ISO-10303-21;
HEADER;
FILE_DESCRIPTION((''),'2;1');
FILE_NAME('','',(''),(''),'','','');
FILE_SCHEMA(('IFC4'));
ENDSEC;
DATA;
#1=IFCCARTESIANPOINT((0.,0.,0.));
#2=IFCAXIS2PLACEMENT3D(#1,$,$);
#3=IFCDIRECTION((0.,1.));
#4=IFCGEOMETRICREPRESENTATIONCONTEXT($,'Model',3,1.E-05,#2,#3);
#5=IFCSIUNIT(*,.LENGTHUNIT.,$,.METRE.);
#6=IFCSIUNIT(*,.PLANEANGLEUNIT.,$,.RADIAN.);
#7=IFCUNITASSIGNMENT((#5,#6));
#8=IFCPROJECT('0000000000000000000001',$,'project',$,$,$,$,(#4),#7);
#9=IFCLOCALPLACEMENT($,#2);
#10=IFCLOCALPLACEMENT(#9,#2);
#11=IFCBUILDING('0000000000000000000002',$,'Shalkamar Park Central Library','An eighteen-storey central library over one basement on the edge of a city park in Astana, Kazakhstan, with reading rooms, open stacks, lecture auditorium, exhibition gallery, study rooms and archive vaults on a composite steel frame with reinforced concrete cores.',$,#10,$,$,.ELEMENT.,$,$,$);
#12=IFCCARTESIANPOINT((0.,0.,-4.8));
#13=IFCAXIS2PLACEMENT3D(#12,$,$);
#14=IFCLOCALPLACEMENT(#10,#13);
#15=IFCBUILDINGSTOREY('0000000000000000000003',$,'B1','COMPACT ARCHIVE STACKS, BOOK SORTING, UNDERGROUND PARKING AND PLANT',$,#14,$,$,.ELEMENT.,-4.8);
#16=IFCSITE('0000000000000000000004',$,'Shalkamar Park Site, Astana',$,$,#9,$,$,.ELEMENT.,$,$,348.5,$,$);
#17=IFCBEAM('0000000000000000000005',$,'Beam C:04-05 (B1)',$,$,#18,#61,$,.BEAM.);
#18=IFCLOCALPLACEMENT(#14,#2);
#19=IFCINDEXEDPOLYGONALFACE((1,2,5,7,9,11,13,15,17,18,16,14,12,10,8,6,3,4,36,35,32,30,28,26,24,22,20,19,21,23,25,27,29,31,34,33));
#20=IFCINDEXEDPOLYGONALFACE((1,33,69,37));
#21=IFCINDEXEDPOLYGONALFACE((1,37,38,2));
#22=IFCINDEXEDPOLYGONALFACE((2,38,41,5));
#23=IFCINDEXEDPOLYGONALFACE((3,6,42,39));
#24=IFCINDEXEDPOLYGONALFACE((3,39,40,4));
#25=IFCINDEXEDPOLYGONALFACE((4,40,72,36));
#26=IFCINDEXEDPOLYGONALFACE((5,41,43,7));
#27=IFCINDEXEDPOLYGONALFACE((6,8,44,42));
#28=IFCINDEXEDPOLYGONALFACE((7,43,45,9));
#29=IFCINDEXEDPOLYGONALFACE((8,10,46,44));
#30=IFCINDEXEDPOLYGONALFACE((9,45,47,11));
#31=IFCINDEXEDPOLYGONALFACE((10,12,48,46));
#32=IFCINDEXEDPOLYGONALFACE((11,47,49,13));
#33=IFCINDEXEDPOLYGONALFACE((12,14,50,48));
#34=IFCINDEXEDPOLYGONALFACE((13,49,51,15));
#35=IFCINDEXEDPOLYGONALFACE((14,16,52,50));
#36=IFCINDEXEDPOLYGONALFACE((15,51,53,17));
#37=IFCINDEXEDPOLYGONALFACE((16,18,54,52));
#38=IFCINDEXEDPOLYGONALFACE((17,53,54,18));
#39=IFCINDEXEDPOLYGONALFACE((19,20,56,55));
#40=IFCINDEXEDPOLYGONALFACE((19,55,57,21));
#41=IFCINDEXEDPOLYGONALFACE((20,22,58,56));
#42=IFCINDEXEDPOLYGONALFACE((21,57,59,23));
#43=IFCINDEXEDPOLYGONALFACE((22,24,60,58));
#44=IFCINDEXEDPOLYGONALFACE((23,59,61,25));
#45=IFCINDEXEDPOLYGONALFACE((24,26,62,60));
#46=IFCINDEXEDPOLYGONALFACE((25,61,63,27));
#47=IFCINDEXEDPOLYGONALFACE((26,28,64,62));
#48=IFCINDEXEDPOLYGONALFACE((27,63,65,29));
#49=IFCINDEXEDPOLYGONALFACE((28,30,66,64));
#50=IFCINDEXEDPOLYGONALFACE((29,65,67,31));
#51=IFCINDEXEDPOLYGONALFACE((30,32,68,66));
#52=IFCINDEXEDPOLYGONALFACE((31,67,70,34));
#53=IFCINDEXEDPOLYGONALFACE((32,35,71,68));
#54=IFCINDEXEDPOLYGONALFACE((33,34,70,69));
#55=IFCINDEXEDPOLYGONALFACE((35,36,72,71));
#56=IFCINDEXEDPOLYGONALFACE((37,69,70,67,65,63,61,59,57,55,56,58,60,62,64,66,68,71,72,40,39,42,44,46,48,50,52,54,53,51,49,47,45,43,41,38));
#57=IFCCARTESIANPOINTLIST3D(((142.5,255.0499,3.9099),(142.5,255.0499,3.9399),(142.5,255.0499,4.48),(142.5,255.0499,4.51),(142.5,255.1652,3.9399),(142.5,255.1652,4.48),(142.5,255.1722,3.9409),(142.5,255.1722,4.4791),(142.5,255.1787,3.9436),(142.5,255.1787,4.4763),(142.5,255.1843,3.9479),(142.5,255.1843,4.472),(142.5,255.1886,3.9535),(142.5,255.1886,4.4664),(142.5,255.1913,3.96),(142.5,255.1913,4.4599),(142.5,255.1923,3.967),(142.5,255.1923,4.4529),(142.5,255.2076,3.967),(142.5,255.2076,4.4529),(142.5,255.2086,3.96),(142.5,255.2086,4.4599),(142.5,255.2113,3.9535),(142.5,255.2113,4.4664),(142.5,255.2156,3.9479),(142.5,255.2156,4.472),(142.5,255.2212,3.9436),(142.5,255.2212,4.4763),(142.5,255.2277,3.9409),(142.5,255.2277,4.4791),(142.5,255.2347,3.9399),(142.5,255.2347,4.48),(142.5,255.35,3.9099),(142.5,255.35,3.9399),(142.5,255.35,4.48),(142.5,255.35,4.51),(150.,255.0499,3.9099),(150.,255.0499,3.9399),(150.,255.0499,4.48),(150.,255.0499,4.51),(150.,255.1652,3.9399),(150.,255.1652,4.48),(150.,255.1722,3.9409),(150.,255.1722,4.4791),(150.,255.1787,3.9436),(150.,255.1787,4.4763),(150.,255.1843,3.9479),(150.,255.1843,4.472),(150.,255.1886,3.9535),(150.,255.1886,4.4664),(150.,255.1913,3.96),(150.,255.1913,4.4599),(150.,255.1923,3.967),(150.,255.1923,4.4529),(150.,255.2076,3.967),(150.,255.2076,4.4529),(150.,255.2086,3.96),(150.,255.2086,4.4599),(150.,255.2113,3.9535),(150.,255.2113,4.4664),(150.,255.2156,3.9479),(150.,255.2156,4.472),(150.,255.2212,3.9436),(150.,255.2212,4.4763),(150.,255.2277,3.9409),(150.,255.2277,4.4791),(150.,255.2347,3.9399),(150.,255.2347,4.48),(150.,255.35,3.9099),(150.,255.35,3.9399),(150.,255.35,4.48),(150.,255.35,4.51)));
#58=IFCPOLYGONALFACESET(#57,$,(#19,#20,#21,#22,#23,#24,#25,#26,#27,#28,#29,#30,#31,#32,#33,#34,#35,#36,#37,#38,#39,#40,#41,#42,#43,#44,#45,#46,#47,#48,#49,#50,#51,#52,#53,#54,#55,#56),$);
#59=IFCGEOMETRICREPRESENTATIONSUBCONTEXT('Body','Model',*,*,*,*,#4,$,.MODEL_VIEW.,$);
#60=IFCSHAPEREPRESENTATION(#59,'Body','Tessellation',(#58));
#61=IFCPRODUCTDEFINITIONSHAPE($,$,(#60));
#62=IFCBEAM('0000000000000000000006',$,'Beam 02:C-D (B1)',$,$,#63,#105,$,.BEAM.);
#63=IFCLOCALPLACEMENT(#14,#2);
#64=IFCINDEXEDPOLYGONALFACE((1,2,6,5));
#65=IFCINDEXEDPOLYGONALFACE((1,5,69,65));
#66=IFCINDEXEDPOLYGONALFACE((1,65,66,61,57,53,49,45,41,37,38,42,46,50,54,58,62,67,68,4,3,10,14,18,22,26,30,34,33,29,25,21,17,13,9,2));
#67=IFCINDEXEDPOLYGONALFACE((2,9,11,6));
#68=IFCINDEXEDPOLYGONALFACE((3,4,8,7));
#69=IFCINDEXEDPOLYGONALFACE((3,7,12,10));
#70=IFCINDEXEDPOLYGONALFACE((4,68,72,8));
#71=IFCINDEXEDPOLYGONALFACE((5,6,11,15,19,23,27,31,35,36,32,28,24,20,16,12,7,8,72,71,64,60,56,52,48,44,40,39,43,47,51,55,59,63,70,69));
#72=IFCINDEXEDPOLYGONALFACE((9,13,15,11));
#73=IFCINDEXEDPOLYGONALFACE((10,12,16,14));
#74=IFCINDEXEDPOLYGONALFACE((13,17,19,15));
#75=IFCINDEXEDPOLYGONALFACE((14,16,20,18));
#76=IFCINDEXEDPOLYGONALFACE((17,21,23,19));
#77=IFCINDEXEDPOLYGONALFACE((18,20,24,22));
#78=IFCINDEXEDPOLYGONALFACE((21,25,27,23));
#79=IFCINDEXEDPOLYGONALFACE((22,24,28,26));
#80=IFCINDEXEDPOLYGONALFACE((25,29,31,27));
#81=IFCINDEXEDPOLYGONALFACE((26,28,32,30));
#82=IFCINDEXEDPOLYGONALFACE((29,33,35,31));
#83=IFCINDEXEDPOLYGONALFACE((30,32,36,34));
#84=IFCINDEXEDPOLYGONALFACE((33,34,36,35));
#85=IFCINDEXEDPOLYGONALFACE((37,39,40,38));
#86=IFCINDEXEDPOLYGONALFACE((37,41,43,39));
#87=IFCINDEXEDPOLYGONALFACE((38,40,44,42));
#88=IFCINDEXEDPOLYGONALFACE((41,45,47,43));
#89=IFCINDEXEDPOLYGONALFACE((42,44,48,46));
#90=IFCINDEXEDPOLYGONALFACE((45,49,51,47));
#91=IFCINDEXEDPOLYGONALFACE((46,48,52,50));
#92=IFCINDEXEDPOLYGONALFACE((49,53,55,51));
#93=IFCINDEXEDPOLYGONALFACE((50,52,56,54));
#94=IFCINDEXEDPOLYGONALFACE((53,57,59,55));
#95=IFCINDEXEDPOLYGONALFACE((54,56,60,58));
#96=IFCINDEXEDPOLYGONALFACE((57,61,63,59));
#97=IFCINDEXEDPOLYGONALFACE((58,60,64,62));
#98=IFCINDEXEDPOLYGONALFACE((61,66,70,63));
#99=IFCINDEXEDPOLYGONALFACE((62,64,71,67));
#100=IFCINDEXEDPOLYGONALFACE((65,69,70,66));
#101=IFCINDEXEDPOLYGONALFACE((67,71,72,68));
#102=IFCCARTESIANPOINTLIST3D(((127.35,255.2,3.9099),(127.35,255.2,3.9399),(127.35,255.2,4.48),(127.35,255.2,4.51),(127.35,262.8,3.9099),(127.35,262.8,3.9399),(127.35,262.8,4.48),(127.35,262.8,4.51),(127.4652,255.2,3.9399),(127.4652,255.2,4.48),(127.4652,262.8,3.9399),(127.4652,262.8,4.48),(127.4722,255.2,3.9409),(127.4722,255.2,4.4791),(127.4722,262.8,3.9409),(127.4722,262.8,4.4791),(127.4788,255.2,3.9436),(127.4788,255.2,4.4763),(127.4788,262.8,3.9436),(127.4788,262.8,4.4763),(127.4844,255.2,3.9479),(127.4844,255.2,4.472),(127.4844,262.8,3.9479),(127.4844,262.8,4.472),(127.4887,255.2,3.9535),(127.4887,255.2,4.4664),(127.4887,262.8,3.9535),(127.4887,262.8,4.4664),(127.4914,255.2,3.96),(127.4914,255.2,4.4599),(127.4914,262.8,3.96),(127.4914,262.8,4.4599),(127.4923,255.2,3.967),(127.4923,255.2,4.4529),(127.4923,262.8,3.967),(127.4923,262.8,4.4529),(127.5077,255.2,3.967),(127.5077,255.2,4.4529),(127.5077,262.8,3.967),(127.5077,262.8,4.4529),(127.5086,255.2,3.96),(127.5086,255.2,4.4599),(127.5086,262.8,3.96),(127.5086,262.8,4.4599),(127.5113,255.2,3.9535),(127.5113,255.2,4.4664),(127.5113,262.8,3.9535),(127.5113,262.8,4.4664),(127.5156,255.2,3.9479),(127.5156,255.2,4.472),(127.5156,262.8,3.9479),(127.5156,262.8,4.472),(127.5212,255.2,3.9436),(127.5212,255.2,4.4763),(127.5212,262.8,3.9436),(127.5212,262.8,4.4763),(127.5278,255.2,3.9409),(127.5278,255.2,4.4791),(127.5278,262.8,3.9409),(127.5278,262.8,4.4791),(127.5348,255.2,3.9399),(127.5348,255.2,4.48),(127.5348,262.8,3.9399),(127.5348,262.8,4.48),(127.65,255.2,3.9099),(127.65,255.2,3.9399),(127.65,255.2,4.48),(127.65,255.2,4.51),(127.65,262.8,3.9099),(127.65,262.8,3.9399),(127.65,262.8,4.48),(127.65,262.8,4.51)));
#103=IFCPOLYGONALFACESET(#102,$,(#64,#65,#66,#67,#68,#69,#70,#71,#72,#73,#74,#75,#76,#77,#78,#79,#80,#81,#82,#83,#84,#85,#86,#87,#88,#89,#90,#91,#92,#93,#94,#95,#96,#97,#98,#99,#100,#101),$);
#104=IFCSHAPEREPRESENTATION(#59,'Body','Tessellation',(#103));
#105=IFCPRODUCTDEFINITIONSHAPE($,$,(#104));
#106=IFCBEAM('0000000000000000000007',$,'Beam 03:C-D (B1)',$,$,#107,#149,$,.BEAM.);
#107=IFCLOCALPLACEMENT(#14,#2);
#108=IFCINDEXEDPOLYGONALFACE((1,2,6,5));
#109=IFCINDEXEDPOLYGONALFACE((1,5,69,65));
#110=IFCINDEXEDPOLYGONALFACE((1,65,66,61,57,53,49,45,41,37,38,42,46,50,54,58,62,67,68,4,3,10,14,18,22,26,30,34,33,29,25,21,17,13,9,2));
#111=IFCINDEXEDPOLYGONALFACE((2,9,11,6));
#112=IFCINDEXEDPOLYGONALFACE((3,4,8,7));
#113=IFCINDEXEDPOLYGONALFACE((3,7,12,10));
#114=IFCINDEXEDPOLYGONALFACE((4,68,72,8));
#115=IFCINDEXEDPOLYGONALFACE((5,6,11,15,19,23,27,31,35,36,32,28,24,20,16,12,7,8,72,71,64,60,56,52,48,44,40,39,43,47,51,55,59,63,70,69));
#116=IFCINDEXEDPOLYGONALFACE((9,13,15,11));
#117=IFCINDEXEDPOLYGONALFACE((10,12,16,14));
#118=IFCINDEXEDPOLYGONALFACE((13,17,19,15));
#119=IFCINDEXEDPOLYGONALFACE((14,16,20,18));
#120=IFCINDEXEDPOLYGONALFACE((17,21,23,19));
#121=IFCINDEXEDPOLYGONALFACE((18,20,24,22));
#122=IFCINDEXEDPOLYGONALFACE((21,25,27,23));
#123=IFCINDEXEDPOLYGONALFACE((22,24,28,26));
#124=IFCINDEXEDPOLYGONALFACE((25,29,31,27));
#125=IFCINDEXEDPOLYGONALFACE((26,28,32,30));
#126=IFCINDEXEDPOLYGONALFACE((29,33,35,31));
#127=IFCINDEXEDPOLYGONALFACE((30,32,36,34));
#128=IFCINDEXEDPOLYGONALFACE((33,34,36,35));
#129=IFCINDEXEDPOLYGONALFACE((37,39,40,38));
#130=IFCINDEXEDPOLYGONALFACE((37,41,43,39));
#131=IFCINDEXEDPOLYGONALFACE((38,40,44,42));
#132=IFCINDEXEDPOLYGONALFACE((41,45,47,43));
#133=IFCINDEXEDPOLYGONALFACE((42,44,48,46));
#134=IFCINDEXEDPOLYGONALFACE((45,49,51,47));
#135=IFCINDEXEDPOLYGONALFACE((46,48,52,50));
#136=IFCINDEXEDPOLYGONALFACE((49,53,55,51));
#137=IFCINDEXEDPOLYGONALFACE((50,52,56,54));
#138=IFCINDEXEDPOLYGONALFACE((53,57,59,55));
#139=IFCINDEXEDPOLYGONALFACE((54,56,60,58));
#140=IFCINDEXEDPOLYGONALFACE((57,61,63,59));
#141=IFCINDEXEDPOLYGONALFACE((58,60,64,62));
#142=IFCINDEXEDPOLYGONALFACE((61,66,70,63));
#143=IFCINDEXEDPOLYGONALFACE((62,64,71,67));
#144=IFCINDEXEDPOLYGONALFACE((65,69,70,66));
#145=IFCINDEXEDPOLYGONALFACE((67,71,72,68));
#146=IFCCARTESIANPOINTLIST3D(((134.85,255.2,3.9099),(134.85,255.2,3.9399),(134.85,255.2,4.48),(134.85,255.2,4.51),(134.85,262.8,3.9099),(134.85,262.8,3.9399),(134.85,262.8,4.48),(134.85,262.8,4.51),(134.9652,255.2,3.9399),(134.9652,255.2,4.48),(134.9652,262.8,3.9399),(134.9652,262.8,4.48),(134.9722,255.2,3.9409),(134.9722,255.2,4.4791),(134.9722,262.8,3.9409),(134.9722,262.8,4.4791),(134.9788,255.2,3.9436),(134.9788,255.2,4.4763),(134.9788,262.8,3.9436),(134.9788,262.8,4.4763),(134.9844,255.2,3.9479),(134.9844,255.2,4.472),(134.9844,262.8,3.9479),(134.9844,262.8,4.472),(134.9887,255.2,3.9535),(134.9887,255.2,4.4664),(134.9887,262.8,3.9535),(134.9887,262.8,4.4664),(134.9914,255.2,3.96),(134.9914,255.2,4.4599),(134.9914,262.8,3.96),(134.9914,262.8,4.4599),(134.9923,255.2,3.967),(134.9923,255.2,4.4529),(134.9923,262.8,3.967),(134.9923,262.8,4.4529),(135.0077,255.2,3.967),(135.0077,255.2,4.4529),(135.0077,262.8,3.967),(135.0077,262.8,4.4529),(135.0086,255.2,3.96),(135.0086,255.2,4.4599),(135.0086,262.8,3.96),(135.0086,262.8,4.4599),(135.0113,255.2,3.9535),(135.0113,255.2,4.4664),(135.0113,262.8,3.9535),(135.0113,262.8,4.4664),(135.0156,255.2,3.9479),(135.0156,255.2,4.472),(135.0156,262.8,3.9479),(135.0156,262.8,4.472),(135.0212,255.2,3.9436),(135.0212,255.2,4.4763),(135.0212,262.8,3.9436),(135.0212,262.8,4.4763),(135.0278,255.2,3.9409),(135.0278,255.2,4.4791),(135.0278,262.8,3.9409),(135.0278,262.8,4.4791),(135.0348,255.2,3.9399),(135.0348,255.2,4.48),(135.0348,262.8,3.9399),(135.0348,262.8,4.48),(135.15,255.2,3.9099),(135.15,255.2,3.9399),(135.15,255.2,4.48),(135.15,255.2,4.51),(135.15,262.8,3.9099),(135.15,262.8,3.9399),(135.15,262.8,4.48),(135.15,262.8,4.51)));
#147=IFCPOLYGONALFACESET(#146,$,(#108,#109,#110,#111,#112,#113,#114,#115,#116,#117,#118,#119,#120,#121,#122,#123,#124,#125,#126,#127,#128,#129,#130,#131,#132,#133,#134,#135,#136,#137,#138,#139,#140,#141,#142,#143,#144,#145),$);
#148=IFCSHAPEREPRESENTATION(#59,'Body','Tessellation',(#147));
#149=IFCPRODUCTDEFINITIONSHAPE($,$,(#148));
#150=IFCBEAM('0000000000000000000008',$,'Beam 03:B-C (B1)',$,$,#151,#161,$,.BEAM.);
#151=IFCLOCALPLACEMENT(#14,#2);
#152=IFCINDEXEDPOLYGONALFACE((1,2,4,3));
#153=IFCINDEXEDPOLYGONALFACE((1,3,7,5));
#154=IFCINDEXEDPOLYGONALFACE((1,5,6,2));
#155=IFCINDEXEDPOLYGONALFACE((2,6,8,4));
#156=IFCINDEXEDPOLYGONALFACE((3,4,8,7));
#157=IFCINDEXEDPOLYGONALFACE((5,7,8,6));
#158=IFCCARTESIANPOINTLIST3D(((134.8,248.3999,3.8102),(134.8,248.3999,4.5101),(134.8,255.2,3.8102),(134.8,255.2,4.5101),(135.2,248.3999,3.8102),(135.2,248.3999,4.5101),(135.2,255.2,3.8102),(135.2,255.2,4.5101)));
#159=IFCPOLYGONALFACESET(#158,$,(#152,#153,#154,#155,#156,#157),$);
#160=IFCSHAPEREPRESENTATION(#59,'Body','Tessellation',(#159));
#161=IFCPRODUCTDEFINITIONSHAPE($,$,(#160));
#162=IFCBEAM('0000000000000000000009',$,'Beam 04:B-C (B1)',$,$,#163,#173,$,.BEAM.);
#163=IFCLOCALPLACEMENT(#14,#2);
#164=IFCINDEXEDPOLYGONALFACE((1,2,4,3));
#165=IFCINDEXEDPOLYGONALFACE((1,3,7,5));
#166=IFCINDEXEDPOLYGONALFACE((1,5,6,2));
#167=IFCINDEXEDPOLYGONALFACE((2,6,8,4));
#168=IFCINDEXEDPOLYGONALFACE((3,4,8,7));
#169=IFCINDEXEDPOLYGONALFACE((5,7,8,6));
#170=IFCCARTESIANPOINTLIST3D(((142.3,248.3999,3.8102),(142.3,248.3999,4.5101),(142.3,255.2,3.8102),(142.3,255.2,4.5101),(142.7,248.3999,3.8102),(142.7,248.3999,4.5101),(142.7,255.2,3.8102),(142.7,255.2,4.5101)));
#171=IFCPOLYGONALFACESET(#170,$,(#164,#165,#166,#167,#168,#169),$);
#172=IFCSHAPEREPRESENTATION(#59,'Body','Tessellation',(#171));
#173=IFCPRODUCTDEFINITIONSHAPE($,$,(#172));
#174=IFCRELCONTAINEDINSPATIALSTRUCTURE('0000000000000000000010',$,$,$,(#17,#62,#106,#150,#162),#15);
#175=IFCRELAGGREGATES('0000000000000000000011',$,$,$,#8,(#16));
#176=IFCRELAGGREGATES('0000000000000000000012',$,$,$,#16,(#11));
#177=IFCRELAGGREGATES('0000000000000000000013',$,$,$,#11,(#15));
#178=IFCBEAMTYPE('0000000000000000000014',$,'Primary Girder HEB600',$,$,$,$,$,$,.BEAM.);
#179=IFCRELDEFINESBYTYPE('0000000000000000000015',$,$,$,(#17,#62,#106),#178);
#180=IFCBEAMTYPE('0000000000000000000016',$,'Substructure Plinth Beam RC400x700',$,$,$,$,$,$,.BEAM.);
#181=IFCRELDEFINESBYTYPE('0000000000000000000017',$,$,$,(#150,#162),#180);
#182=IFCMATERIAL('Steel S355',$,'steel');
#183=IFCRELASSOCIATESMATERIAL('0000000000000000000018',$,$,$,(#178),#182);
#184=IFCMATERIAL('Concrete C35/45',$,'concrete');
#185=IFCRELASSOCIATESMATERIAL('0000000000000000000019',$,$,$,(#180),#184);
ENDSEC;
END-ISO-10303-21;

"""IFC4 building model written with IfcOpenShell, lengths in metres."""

from ifc_helpers import new_model, si_unit, direction, frame, origin, origin_2d, place, context, subcontext, project, spatial, rectangle, i_section, extrude, material, material_profile, profile_set, type_object, element, save


model = new_model("IFC4")

# Units and contexts
model_context = context("Model", 3, precision=1e-05, world=origin(), true_north=direction((0.0, 1.0)))
body_context = subcontext(model_context, "Body", "Model", "MODEL_VIEW")
ifc_project = project(units=[si_unit("LENGTHUNIT", "METRE"), si_unit("PLANEANGLEUNIT", "RADIAN")], contexts=[model_context])

# Site, building, storey
site_placement = place(None, origin())
site = spatial("IfcSite", under=ifc_project, at=site_placement, Name="Shalkamar Park Site, Astana", CompositionType="ELEMENT", RefElevation=348.5)
building_placement = place(site_placement, origin())
building = spatial("IfcBuilding", under=site, at=building_placement, Name="Shalkamar Park Central Library", Description="An eighteen-storey central library over one basement on the edge of a city park in Astana, Kazakhstan, with reading rooms, open stacks, lecture auditorium, exhibition gallery, study rooms and archive vaults on a composite steel frame with reinforced concrete cores.", CompositionType="ELEMENT")
storey_placement = place(building_placement, frame((0.0, 0.0, -4.8)))
storey = spatial("IfcBuildingStorey", under=building, at=storey_placement, Name="B1", Description="COMPACT ARCHIVE STACKS, BOOK SORTING, UNDERGROUND PARKING AND PLANT", CompositionType="ELEMENT", Elevation=-4.8)

# Shared definitions
ifc_material_1 = material(Name="Concrete C35/45", Category="concrete")

# Shared definitions
ifc_material_2 = material(Name="Steel S355", Category="steel")

# Beams
ifc_material_profile_1 = material_profile(ifc_material_2, i_section(OverallWidth=0.3, OverallDepth=0.6001, WebThickness=0.0154, FlangeThickness=0.03, FilletRadius=0.0271, at=origin_2d()), Name="HEB 600")
ifc_profile_set_1 = profile_set([ifc_material_profile_1], Name="Steel S355")
beam_type_1 = type_object("IfcBeamType", Name="Primary Girder HEB600", PredefinedType="BEAM", material=ifc_profile_set_1)
for number, where, z_axis, x_axis, name in (
    (1, (142.5, 255.2, 4.21), (1.0, 0.0, 0.0), (0.0, 1.0, 0.0), "Beam C:04-05 (B1)"),
):
    element("IfcBeam", number, at=place(storey_placement, frame(where, z_axis=z_axis, x_axis=x_axis)), inside=storey, type_object=beam_type_1, Name=name, PredefinedType="BEAM", context=body_context, shape_type="SweptSolid", body=[
        extrude(i_section(OverallWidth=0.3, OverallDepth=0.6001, WebThickness=0.0154, FlangeThickness=0.03, FilletRadius=0.0271, at=origin_2d()), origin(), (0.0, 0.0, 1.0), 7.5),
    ])
for number, where, z_axis, x_axis, name in (
    (2, (127.5, 255.2, 4.21), (0.0, 1.0, 0.0), (-1.0, 0.0, 0.0), "Beam 02:C-D (B1)"),
    (3, (135.0, 255.2, 4.21), (0.0, 1.0, 0.0), (-1.0, 0.0, 0.0), "Beam 03:C-D (B1)"),
):
    element("IfcBeam", number, at=place(storey_placement, frame(where, z_axis=z_axis, x_axis=x_axis)), inside=storey, type_object=beam_type_1, Name=name, PredefinedType="BEAM", context=body_context, shape_type="SweptSolid", body=[
        extrude(i_section(OverallWidth=0.3, OverallDepth=0.6001, WebThickness=0.0154, FlangeThickness=0.03, FilletRadius=0.0271, at=origin_2d()), origin(), (0.0, 0.0, 1.0), 7.6001),
    ])
ifc_material_profile_2 = material_profile(ifc_material_1, rectangle(XDim=0.3999, YDim=0.7, at=origin_2d()), Name="RC 400x700")
ifc_profile_set_2 = profile_set([ifc_material_profile_2], Name="Concrete C35/45")
beam_type_2 = type_object("IfcBeamType", Name="Substructure Plinth Beam RC400x700", PredefinedType="BEAM", material=ifc_profile_set_2)
for number, where, z_axis, x_axis, name in (
    (4, (135.0, 248.3999, 4.1602), (0.0, 1.0, 0.0), (-1.0, 0.0, 0.0), "Beam 03:B-C (B1)"),
    (5, (142.5, 248.3999, 4.1602), (0.0, 1.0, 0.0), (-1.0, 0.0, 0.0), "Beam 04:B-C (B1)"),
):
    element("IfcBeam", number, at=place(storey_placement, frame(where, z_axis=z_axis, x_axis=x_axis)), inside=storey, type_object=beam_type_2, Name=name, PredefinedType="BEAM", context=body_context, shape_type="SweptSolid", body=[
        extrude(rectangle(XDim=0.3999, YDim=0.7, at=origin_2d()), origin(), (0.0, 0.0, 1.0), 6.8),
    ])

save(model, "model.ifc")
